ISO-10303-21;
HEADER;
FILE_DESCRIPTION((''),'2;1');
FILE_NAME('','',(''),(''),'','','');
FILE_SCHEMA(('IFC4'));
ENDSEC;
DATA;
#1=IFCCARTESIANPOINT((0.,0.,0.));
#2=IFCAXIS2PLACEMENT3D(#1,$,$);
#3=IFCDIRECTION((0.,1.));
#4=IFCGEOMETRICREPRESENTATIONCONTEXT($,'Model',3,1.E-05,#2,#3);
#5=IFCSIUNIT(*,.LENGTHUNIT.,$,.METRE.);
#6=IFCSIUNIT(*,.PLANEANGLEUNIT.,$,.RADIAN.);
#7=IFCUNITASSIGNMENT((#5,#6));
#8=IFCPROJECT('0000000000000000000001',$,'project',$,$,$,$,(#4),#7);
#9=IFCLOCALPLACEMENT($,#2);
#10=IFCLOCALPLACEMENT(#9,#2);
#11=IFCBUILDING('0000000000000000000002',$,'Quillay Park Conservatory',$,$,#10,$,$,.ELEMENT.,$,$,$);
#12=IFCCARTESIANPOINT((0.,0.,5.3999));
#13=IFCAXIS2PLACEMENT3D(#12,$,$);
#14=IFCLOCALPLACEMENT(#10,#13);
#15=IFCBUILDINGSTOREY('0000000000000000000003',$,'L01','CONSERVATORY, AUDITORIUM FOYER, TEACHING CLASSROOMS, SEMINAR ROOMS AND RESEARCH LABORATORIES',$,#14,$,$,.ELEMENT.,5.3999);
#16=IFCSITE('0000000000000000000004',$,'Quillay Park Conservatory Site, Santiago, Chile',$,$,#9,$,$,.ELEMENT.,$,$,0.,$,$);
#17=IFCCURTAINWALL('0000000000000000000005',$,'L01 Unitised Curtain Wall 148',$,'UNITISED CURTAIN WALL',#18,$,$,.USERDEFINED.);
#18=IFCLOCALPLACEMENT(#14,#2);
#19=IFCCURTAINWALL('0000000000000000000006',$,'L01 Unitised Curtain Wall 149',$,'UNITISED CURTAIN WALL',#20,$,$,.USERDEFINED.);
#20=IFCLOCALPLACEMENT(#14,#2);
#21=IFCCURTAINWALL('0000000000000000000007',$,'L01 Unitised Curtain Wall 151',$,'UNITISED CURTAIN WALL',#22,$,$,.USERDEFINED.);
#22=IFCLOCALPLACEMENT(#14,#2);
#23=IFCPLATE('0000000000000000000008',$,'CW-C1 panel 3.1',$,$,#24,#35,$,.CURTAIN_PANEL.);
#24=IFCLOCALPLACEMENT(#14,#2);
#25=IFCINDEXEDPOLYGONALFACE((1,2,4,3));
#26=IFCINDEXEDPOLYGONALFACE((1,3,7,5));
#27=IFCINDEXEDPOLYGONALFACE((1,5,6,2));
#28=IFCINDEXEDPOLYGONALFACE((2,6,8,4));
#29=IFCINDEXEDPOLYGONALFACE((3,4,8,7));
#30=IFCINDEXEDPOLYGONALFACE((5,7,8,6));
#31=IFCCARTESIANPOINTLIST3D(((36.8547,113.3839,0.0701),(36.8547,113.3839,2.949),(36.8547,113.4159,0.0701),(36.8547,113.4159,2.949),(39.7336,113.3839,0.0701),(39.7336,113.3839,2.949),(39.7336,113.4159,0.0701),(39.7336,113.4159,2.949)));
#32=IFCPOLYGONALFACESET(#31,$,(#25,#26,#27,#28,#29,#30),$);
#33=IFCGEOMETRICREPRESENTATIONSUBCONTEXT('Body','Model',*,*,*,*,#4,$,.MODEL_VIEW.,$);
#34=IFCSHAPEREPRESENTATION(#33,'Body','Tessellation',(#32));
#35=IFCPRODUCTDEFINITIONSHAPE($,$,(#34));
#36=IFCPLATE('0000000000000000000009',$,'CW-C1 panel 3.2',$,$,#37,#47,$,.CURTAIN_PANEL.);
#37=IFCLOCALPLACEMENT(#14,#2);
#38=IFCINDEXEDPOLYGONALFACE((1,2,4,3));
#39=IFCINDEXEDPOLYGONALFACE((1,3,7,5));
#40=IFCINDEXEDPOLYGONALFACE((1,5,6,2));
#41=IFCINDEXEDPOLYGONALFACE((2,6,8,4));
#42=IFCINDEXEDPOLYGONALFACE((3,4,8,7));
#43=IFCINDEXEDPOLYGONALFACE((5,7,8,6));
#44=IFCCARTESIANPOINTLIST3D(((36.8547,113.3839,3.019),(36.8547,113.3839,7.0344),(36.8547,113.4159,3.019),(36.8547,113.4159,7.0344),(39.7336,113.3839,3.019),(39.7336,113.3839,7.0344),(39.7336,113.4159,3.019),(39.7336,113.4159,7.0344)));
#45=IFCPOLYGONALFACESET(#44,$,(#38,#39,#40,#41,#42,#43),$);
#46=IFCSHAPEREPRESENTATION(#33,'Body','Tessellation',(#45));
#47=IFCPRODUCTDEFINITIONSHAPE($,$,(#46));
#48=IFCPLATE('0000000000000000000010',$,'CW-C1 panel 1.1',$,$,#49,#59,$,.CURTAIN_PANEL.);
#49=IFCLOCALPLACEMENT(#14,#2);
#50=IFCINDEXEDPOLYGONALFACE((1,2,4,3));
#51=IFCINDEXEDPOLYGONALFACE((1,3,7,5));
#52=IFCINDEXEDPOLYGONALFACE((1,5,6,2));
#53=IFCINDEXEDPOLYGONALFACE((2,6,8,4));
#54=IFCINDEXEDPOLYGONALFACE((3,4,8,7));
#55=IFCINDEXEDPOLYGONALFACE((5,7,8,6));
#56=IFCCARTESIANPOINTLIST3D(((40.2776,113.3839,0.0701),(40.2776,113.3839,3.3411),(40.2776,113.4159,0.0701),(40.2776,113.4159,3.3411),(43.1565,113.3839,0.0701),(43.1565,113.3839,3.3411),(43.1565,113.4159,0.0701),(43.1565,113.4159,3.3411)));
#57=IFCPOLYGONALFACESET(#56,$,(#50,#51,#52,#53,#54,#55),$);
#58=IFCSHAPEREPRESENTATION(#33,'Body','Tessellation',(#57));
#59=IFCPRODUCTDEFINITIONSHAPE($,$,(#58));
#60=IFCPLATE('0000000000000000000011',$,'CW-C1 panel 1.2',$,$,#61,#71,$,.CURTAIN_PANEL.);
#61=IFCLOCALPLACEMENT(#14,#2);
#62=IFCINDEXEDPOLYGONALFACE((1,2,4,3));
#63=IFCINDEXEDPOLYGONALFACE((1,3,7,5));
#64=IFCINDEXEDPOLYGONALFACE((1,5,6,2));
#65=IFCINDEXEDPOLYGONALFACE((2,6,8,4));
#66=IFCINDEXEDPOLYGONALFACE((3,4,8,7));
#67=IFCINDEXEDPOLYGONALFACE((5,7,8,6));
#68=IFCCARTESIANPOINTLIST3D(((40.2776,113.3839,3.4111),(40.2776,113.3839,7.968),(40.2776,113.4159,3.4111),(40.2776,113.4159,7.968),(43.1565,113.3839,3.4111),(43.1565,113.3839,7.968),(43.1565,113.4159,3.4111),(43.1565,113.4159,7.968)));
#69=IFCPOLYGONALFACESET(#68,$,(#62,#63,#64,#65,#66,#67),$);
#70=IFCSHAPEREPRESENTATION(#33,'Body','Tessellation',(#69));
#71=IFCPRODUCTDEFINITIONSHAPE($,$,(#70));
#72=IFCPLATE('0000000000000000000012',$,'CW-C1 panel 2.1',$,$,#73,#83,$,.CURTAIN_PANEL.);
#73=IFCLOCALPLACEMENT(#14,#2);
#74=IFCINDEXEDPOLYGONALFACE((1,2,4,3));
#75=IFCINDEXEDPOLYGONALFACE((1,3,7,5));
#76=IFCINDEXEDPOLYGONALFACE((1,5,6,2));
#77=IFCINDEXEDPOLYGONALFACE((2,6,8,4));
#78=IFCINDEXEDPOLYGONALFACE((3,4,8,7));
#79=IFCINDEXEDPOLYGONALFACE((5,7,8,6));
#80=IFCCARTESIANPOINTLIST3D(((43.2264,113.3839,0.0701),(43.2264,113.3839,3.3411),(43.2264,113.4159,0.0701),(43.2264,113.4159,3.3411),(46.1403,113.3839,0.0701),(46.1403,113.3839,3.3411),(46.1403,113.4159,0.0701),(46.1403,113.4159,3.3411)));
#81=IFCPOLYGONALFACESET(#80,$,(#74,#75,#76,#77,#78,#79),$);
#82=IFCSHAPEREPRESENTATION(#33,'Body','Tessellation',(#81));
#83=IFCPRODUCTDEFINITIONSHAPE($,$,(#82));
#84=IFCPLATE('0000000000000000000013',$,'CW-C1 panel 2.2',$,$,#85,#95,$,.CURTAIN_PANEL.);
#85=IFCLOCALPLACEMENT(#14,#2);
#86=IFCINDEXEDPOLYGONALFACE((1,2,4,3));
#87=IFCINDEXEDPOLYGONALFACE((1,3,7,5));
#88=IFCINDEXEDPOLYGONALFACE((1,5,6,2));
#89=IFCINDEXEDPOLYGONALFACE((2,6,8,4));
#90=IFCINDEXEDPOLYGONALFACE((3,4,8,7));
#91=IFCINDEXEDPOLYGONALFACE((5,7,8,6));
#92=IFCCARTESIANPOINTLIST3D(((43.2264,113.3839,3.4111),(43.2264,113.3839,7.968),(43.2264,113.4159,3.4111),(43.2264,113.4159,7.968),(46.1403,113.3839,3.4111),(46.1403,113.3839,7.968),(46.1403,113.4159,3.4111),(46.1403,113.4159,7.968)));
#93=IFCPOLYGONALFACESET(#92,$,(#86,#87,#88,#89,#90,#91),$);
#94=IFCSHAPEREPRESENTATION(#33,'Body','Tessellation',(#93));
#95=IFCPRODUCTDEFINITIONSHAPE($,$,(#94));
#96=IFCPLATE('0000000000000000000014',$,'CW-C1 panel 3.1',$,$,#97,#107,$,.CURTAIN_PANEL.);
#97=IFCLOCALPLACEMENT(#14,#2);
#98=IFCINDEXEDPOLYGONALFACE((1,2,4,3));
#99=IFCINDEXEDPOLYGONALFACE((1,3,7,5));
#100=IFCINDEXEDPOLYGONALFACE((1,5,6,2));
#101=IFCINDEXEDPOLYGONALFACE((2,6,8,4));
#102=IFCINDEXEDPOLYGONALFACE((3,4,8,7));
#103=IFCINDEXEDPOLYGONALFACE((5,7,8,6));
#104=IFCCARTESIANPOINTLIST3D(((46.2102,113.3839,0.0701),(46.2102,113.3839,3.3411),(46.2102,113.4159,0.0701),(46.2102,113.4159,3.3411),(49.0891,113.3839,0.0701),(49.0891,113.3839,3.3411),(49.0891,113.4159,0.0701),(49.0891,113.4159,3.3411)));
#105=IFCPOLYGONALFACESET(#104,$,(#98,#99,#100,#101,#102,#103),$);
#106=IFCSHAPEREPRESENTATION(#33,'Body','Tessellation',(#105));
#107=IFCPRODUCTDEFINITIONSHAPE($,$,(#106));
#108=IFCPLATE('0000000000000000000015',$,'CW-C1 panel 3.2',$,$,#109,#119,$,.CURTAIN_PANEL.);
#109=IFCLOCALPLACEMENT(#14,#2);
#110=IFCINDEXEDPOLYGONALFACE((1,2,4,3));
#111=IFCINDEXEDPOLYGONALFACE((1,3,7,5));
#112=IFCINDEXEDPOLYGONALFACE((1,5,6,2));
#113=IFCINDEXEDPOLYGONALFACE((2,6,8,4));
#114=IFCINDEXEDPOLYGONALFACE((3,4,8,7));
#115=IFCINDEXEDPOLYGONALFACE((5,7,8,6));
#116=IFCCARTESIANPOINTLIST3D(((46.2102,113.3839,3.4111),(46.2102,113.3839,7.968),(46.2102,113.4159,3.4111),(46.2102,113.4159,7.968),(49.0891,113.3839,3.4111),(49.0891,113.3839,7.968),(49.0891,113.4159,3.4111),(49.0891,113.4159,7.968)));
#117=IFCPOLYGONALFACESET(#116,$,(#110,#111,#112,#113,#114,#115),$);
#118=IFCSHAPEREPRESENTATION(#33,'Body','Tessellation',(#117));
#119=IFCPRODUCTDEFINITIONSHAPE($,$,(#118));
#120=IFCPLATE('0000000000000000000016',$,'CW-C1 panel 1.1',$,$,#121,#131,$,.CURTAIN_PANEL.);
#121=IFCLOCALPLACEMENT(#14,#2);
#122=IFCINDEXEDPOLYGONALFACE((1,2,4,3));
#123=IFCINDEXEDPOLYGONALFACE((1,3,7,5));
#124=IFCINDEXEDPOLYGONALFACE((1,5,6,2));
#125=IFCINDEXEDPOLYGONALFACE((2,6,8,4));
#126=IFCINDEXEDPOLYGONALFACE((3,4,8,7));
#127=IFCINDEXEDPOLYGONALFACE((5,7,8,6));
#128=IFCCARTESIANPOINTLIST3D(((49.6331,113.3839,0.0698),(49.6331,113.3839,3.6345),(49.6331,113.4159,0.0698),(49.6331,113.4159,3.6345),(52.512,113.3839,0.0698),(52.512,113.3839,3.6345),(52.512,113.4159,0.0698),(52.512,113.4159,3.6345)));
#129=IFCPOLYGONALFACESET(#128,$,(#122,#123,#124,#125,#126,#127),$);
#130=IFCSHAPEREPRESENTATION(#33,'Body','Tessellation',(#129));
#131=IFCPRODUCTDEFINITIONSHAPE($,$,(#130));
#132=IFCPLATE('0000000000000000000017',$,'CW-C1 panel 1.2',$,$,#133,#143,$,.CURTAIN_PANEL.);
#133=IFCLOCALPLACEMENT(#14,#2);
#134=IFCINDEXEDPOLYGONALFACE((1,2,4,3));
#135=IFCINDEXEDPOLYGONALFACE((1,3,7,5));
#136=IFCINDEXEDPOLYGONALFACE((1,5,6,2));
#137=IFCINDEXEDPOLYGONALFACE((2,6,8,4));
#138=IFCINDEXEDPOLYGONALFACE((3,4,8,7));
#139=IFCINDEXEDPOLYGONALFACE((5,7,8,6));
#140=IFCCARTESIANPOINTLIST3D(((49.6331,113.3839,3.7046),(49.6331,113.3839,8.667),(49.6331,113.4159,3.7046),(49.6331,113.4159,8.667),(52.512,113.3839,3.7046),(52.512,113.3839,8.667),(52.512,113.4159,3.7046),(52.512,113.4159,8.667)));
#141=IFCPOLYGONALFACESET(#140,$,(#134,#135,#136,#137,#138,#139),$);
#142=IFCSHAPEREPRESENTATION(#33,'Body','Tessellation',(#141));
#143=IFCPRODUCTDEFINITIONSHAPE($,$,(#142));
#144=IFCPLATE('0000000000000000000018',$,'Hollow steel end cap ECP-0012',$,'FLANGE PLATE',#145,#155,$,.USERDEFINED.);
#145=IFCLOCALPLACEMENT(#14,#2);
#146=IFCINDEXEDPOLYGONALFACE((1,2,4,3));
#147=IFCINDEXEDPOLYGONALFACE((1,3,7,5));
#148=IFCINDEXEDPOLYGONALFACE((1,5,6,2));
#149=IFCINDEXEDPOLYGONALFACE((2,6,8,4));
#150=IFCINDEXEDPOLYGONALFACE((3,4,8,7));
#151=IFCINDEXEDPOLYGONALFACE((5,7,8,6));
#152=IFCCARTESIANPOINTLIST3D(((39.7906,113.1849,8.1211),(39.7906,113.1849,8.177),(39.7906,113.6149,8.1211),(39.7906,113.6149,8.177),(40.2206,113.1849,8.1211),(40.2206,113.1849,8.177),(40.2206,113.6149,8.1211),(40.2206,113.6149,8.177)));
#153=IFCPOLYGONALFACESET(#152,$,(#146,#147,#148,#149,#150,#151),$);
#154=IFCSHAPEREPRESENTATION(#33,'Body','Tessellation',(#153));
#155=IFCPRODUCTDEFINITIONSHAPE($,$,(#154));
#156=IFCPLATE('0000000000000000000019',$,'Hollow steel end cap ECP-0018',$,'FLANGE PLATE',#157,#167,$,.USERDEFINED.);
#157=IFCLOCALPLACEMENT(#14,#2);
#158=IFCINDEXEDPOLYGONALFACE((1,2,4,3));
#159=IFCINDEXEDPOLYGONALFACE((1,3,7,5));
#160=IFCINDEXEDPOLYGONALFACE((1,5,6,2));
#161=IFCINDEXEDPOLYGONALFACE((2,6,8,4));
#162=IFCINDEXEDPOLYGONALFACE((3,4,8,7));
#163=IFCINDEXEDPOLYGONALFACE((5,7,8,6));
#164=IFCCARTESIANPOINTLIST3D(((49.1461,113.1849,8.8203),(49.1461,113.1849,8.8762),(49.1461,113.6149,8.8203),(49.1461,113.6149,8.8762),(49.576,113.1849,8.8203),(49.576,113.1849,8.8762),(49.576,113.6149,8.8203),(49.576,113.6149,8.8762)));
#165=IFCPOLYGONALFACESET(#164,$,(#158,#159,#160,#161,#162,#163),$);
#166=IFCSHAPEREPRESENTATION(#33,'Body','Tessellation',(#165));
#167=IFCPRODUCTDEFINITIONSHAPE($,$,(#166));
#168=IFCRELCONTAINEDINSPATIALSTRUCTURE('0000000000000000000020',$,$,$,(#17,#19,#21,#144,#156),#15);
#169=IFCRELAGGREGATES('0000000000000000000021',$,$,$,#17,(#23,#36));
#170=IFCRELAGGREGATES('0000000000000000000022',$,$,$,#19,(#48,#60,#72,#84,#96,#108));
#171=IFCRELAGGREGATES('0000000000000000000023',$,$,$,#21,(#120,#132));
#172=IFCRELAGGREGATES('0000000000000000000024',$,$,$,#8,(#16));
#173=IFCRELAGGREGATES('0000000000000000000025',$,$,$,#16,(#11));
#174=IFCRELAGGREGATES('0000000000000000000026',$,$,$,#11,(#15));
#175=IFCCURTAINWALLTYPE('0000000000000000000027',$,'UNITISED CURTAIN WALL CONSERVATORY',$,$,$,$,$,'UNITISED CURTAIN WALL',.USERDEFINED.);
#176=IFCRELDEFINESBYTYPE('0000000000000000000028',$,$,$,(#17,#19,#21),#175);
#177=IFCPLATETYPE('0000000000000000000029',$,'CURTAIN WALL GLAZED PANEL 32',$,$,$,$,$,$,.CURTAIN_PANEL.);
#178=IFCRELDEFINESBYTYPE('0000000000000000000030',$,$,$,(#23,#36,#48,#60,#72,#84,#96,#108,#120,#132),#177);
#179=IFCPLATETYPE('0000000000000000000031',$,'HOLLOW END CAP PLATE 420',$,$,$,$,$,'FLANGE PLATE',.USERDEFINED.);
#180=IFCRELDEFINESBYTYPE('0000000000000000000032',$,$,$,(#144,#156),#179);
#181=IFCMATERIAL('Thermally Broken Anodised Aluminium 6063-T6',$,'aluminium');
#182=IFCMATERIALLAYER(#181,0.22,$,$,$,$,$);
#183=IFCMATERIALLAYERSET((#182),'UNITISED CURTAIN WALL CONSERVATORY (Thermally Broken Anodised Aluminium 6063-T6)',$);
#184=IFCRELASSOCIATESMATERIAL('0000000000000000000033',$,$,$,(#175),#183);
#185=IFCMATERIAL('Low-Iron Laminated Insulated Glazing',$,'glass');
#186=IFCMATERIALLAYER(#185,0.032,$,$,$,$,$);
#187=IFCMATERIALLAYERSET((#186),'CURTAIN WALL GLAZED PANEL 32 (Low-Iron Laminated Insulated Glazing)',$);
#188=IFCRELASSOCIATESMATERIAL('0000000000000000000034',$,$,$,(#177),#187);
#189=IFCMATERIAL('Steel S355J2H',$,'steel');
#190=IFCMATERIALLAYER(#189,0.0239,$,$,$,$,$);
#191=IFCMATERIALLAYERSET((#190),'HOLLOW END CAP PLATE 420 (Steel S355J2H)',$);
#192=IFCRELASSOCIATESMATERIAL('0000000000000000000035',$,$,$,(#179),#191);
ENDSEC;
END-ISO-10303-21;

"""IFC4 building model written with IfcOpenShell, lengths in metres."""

from ifc_helpers import new_model, si_unit, direction, frame, origin, origin_2d, place, context, subcontext, project, spatial, rectangle, extrude, material, layer, layer_set, type_object, element, aggregate, save


model = new_model("IFC4")

# Units and contexts
model_context = context("Model", 3, precision=1e-05, world=origin(), true_north=direction((0.0, 1.0)))
body_context = subcontext(model_context, "Body", "Model", "MODEL_VIEW")
ifc_project = project(units=[si_unit("LENGTHUNIT", "METRE"), si_unit("PLANEANGLEUNIT", "RADIAN")], contexts=[model_context])

# Site, building, storey
site_placement = place(None, origin())
site = spatial("IfcSite", under=ifc_project, at=site_placement, Name="Quillay Park Conservatory Site, Santiago, Chile", CompositionType="ELEMENT", RefElevation=0.0)
building_placement = place(site_placement, origin())
building = spatial("IfcBuilding", under=site, at=building_placement, Name="Quillay Park Conservatory", CompositionType="ELEMENT")
storey_placement = place(building_placement, frame((0.0, 0.0, 5.3999)))
storey = spatial("IfcBuildingStorey", under=building, at=storey_placement, Name="L01", Description="CONSERVATORY, AUDITORIUM FOYER, TEACHING CLASSROOMS, SEMINAR ROOMS AND RESEARCH LABORATORIES", CompositionType="ELEMENT", Elevation=5.3999)

# Curtain walls
ifc_material_1 = material(Name="Thermally Broken Anodised Aluminium 6063-T6", Category="aluminium")
ifc_layer_1 = layer(ifc_material_1, 0.22)
ifc_layer_set_1 = layer_set([ifc_layer_1], Name="UNITISED CURTAIN WALL CONSERVATORY (Thermally Broken Anodised Aluminium 6063-T6)")
curtain_wall_type = type_object("IfcCurtainWallType", Name="UNITISED CURTAIN WALL CONSERVATORY", ElementType="UNITISED CURTAIN WALL", PredefinedType="USERDEFINED", material=ifc_layer_set_1)
curtain_wall_1_placement = place(storey_placement, origin())
curtain_wall_1 = element("IfcCurtainWall", 1, at=curtain_wall_1_placement, inside=storey, type_object=curtain_wall_type, Name="L01 Unitised Curtain Wall 148", ObjectType="UNITISED CURTAIN WALL", PredefinedType="USERDEFINED")
curtain_wall_2_placement = place(storey_placement, origin())
curtain_wall_2 = element("IfcCurtainWall", 2, at=curtain_wall_2_placement, inside=storey, type_object=curtain_wall_type, Name="L01 Unitised Curtain Wall 149", ObjectType="UNITISED CURTAIN WALL", PredefinedType="USERDEFINED")
curtain_wall_3_placement = place(storey_placement, origin())
curtain_wall_3 = element("IfcCurtainWall", 3, at=curtain_wall_3_placement, inside=storey, type_object=curtain_wall_type, Name="L01 Unitised Curtain Wall 151", ObjectType="UNITISED CURTAIN WALL", PredefinedType="USERDEFINED")

# Plates
ifc_material_2 = material(Name="Low-Iron Laminated Insulated Glazing", Category="glass")
ifc_layer_2 = layer(ifc_material_2, 0.032)
ifc_layer_set_2 = layer_set([ifc_layer_2], Name="CURTAIN WALL GLAZED PANEL 32 (Low-Iron Laminated Insulated Glazing)")
plate_type_1 = type_object("IfcPlateType", Name="CURTAIN WALL GLAZED PANEL 32", PredefinedType="CURTAIN_PANEL", material=ifc_layer_set_2)
plate_1_placement = place(storey_placement, frame((38.2942, 113.3999, 0.0701), z_axis=(0.0, 0.0, 1.0), x_axis=(1.0, 0.0, 0.0)))
plate_1 = element("IfcPlate", 4, at=plate_1_placement, type_object=plate_type_1, Name="CW-C1 panel 3.1", PredefinedType="CURTAIN_PANEL", context=body_context, shape_type="SweptSolid", body=[
    extrude(rectangle(XDim=2.8789, YDim=0.032, at=origin_2d()), origin(), (0.0, 0.0, 1.0), 2.8789),
])
plate_2_placement = place(storey_placement, frame((38.2942, 113.3999, 3.019), z_axis=(0.0, 0.0, 1.0), x_axis=(1.0, 0.0, 0.0)))
plate_2 = element("IfcPlate", 5, at=plate_2_placement, type_object=plate_type_1, Name="CW-C1 panel 3.2", PredefinedType="CURTAIN_PANEL", context=body_context, shape_type="SweptSolid", body=[
    extrude(rectangle(XDim=2.8789, YDim=0.032, at=origin_2d()), origin(), (0.0, 0.0, 1.0), 4.0154),
])
aggregate(curtain_wall_1, [plate_1, plate_2])
plate_3_placement = place(storey_placement, frame((41.717, 113.3999, 0.0701), z_axis=(0.0, 0.0, 1.0), x_axis=(1.0, 0.0, 0.0)))
plate_3 = element("IfcPlate", 6, at=plate_3_placement, type_object=plate_type_1, Name="CW-C1 panel 1.1", PredefinedType="CURTAIN_PANEL", context=body_context, shape_type="SweptSolid", body=[
    extrude(rectangle(XDim=2.8789, YDim=0.032, at=origin_2d()), origin(), (0.0, 0.0, 1.0), 3.271),
])
plate_4_placement = place(storey_placement, frame((41.717, 113.3999, 3.4111), z_axis=(0.0, 0.0, 1.0), x_axis=(1.0, 0.0, 0.0)))
plate_4 = element("IfcPlate", 7, at=plate_4_placement, type_object=plate_type_1, Name="CW-C1 panel 1.2", PredefinedType="CURTAIN_PANEL", context=body_context, shape_type="SweptSolid", body=[
    extrude(rectangle(XDim=2.8789, YDim=0.032, at=origin_2d()), origin(), (0.0, 0.0, 1.0), 4.5569),
])
plate_5_placement = place(storey_placement, frame((44.6833, 113.3999, 0.0701), z_axis=(0.0, 0.0, 1.0), x_axis=(1.0, 0.0, 0.0)))
plate_5 = element("IfcPlate", 8, at=plate_5_placement, type_object=plate_type_1, Name="CW-C1 panel 2.1", PredefinedType="CURTAIN_PANEL", context=body_context, shape_type="SweptSolid", body=[
    extrude(rectangle(XDim=2.9138, YDim=0.032, at=origin_2d()), origin(), (0.0, 0.0, 1.0), 3.271),
])
plate_6_placement = place(storey_placement, frame((44.6833, 113.3999, 3.4111), z_axis=(0.0, 0.0, 1.0), x_axis=(1.0, 0.0, 0.0)))
plate_6 = element("IfcPlate", 9, at=plate_6_placement, type_object=plate_type_1, Name="CW-C1 panel 2.2", PredefinedType="CURTAIN_PANEL", context=body_context, shape_type="SweptSolid", body=[
    extrude(rectangle(XDim=2.9138, YDim=0.032, at=origin_2d()), origin(), (0.0, 0.0, 1.0), 4.5569),
])
plate_7_placement = place(storey_placement, frame((47.6497, 113.3999, 0.0701), z_axis=(0.0, 0.0, 1.0), x_axis=(1.0, 0.0, 0.0)))
plate_7 = element("IfcPlate", 10, at=plate_7_placement, type_object=plate_type_1, Name="CW-C1 panel 3.1", PredefinedType="CURTAIN_PANEL", context=body_context, shape_type="SweptSolid", body=[
    extrude(rectangle(XDim=2.8789, YDim=0.032, at=origin_2d()), origin(), (0.0, 0.0, 1.0), 3.271),
])
plate_8_placement = place(storey_placement, frame((47.6497, 113.3999, 3.4111), z_axis=(0.0, 0.0, 1.0), x_axis=(1.0, 0.0, 0.0)))
plate_8 = element("IfcPlate", 11, at=plate_8_placement, type_object=plate_type_1, Name="CW-C1 panel 3.2", PredefinedType="CURTAIN_PANEL", context=body_context, shape_type="SweptSolid", body=[
    extrude(rectangle(XDim=2.8789, YDim=0.032, at=origin_2d()), origin(), (0.0, 0.0, 1.0), 4.5569),
])
aggregate(curtain_wall_2, [plate_3, plate_4, plate_5, plate_6, plate_7, plate_8])
plate_9_placement = place(storey_placement, frame((51.0725, 113.3999, 0.0698), z_axis=(0.0, 0.0, 1.0), x_axis=(1.0, 0.0, 0.0)))
plate_9 = element("IfcPlate", 12, at=plate_9_placement, type_object=plate_type_1, Name="CW-C1 panel 1.1", PredefinedType="CURTAIN_PANEL", context=body_context, shape_type="SweptSolid", body=[
    extrude(rectangle(XDim=2.8789, YDim=0.032, at=origin_2d()), origin(), (0.0, 0.0, 1.0), 3.5647),
])
plate_10_placement = place(storey_placement, frame((51.0725, 113.3999, 3.7046), z_axis=(0.0, 0.0, 1.0), x_axis=(1.0, 0.0, 0.0)))
plate_10 = element("IfcPlate", 13, at=plate_10_placement, type_object=plate_type_1, Name="CW-C1 panel 1.2", PredefinedType="CURTAIN_PANEL", context=body_context, shape_type="SweptSolid", body=[
    extrude(rectangle(XDim=2.8789, YDim=0.032, at=origin_2d()), origin(), (0.0, 0.0, 1.0), 4.9624),
])
aggregate(curtain_wall_3, [plate_9, plate_10])

# Plates
ifc_material_3 = material(Name="Steel S355J2H", Category="steel")
ifc_layer_3 = layer(ifc_material_3, 0.0239)
ifc_layer_set_3 = layer_set([ifc_layer_3], Name="HOLLOW END CAP PLATE 420 (Steel S355J2H)")
plate_type_2 = type_object("IfcPlateType", Name="HOLLOW END CAP PLATE 420", ElementType="FLANGE PLATE", PredefinedType="USERDEFINED", material=ifc_layer_set_3)
for number, where, z_axis, x_axis, name in (
    (14, (40.0056, 113.3999, 8.1211), (0.0, 0.0, 1.0), (1.0, 0.0, 0.0), "Hollow steel end cap ECP-0012"),
    (15, (49.3611, 113.3999, 8.8203), (0.0, 0.0, 1.0), (1.0, 0.0, 0.0), "Hollow steel end cap ECP-0018"),
):
    element("IfcPlate", number, at=place(storey_placement, frame(where, z_axis=z_axis, x_axis=x_axis)), inside=storey, type_object=plate_type_2, Name=name, ObjectType="FLANGE PLATE", PredefinedType="USERDEFINED", context=body_context, shape_type="SweptSolid", body=[
        extrude(rectangle(XDim=0.4299, YDim=0.4299, at=origin_2d()), origin(), (0.0, 0.0, 1.0), 0.0559),
    ])

save(model, "model.ifc")
